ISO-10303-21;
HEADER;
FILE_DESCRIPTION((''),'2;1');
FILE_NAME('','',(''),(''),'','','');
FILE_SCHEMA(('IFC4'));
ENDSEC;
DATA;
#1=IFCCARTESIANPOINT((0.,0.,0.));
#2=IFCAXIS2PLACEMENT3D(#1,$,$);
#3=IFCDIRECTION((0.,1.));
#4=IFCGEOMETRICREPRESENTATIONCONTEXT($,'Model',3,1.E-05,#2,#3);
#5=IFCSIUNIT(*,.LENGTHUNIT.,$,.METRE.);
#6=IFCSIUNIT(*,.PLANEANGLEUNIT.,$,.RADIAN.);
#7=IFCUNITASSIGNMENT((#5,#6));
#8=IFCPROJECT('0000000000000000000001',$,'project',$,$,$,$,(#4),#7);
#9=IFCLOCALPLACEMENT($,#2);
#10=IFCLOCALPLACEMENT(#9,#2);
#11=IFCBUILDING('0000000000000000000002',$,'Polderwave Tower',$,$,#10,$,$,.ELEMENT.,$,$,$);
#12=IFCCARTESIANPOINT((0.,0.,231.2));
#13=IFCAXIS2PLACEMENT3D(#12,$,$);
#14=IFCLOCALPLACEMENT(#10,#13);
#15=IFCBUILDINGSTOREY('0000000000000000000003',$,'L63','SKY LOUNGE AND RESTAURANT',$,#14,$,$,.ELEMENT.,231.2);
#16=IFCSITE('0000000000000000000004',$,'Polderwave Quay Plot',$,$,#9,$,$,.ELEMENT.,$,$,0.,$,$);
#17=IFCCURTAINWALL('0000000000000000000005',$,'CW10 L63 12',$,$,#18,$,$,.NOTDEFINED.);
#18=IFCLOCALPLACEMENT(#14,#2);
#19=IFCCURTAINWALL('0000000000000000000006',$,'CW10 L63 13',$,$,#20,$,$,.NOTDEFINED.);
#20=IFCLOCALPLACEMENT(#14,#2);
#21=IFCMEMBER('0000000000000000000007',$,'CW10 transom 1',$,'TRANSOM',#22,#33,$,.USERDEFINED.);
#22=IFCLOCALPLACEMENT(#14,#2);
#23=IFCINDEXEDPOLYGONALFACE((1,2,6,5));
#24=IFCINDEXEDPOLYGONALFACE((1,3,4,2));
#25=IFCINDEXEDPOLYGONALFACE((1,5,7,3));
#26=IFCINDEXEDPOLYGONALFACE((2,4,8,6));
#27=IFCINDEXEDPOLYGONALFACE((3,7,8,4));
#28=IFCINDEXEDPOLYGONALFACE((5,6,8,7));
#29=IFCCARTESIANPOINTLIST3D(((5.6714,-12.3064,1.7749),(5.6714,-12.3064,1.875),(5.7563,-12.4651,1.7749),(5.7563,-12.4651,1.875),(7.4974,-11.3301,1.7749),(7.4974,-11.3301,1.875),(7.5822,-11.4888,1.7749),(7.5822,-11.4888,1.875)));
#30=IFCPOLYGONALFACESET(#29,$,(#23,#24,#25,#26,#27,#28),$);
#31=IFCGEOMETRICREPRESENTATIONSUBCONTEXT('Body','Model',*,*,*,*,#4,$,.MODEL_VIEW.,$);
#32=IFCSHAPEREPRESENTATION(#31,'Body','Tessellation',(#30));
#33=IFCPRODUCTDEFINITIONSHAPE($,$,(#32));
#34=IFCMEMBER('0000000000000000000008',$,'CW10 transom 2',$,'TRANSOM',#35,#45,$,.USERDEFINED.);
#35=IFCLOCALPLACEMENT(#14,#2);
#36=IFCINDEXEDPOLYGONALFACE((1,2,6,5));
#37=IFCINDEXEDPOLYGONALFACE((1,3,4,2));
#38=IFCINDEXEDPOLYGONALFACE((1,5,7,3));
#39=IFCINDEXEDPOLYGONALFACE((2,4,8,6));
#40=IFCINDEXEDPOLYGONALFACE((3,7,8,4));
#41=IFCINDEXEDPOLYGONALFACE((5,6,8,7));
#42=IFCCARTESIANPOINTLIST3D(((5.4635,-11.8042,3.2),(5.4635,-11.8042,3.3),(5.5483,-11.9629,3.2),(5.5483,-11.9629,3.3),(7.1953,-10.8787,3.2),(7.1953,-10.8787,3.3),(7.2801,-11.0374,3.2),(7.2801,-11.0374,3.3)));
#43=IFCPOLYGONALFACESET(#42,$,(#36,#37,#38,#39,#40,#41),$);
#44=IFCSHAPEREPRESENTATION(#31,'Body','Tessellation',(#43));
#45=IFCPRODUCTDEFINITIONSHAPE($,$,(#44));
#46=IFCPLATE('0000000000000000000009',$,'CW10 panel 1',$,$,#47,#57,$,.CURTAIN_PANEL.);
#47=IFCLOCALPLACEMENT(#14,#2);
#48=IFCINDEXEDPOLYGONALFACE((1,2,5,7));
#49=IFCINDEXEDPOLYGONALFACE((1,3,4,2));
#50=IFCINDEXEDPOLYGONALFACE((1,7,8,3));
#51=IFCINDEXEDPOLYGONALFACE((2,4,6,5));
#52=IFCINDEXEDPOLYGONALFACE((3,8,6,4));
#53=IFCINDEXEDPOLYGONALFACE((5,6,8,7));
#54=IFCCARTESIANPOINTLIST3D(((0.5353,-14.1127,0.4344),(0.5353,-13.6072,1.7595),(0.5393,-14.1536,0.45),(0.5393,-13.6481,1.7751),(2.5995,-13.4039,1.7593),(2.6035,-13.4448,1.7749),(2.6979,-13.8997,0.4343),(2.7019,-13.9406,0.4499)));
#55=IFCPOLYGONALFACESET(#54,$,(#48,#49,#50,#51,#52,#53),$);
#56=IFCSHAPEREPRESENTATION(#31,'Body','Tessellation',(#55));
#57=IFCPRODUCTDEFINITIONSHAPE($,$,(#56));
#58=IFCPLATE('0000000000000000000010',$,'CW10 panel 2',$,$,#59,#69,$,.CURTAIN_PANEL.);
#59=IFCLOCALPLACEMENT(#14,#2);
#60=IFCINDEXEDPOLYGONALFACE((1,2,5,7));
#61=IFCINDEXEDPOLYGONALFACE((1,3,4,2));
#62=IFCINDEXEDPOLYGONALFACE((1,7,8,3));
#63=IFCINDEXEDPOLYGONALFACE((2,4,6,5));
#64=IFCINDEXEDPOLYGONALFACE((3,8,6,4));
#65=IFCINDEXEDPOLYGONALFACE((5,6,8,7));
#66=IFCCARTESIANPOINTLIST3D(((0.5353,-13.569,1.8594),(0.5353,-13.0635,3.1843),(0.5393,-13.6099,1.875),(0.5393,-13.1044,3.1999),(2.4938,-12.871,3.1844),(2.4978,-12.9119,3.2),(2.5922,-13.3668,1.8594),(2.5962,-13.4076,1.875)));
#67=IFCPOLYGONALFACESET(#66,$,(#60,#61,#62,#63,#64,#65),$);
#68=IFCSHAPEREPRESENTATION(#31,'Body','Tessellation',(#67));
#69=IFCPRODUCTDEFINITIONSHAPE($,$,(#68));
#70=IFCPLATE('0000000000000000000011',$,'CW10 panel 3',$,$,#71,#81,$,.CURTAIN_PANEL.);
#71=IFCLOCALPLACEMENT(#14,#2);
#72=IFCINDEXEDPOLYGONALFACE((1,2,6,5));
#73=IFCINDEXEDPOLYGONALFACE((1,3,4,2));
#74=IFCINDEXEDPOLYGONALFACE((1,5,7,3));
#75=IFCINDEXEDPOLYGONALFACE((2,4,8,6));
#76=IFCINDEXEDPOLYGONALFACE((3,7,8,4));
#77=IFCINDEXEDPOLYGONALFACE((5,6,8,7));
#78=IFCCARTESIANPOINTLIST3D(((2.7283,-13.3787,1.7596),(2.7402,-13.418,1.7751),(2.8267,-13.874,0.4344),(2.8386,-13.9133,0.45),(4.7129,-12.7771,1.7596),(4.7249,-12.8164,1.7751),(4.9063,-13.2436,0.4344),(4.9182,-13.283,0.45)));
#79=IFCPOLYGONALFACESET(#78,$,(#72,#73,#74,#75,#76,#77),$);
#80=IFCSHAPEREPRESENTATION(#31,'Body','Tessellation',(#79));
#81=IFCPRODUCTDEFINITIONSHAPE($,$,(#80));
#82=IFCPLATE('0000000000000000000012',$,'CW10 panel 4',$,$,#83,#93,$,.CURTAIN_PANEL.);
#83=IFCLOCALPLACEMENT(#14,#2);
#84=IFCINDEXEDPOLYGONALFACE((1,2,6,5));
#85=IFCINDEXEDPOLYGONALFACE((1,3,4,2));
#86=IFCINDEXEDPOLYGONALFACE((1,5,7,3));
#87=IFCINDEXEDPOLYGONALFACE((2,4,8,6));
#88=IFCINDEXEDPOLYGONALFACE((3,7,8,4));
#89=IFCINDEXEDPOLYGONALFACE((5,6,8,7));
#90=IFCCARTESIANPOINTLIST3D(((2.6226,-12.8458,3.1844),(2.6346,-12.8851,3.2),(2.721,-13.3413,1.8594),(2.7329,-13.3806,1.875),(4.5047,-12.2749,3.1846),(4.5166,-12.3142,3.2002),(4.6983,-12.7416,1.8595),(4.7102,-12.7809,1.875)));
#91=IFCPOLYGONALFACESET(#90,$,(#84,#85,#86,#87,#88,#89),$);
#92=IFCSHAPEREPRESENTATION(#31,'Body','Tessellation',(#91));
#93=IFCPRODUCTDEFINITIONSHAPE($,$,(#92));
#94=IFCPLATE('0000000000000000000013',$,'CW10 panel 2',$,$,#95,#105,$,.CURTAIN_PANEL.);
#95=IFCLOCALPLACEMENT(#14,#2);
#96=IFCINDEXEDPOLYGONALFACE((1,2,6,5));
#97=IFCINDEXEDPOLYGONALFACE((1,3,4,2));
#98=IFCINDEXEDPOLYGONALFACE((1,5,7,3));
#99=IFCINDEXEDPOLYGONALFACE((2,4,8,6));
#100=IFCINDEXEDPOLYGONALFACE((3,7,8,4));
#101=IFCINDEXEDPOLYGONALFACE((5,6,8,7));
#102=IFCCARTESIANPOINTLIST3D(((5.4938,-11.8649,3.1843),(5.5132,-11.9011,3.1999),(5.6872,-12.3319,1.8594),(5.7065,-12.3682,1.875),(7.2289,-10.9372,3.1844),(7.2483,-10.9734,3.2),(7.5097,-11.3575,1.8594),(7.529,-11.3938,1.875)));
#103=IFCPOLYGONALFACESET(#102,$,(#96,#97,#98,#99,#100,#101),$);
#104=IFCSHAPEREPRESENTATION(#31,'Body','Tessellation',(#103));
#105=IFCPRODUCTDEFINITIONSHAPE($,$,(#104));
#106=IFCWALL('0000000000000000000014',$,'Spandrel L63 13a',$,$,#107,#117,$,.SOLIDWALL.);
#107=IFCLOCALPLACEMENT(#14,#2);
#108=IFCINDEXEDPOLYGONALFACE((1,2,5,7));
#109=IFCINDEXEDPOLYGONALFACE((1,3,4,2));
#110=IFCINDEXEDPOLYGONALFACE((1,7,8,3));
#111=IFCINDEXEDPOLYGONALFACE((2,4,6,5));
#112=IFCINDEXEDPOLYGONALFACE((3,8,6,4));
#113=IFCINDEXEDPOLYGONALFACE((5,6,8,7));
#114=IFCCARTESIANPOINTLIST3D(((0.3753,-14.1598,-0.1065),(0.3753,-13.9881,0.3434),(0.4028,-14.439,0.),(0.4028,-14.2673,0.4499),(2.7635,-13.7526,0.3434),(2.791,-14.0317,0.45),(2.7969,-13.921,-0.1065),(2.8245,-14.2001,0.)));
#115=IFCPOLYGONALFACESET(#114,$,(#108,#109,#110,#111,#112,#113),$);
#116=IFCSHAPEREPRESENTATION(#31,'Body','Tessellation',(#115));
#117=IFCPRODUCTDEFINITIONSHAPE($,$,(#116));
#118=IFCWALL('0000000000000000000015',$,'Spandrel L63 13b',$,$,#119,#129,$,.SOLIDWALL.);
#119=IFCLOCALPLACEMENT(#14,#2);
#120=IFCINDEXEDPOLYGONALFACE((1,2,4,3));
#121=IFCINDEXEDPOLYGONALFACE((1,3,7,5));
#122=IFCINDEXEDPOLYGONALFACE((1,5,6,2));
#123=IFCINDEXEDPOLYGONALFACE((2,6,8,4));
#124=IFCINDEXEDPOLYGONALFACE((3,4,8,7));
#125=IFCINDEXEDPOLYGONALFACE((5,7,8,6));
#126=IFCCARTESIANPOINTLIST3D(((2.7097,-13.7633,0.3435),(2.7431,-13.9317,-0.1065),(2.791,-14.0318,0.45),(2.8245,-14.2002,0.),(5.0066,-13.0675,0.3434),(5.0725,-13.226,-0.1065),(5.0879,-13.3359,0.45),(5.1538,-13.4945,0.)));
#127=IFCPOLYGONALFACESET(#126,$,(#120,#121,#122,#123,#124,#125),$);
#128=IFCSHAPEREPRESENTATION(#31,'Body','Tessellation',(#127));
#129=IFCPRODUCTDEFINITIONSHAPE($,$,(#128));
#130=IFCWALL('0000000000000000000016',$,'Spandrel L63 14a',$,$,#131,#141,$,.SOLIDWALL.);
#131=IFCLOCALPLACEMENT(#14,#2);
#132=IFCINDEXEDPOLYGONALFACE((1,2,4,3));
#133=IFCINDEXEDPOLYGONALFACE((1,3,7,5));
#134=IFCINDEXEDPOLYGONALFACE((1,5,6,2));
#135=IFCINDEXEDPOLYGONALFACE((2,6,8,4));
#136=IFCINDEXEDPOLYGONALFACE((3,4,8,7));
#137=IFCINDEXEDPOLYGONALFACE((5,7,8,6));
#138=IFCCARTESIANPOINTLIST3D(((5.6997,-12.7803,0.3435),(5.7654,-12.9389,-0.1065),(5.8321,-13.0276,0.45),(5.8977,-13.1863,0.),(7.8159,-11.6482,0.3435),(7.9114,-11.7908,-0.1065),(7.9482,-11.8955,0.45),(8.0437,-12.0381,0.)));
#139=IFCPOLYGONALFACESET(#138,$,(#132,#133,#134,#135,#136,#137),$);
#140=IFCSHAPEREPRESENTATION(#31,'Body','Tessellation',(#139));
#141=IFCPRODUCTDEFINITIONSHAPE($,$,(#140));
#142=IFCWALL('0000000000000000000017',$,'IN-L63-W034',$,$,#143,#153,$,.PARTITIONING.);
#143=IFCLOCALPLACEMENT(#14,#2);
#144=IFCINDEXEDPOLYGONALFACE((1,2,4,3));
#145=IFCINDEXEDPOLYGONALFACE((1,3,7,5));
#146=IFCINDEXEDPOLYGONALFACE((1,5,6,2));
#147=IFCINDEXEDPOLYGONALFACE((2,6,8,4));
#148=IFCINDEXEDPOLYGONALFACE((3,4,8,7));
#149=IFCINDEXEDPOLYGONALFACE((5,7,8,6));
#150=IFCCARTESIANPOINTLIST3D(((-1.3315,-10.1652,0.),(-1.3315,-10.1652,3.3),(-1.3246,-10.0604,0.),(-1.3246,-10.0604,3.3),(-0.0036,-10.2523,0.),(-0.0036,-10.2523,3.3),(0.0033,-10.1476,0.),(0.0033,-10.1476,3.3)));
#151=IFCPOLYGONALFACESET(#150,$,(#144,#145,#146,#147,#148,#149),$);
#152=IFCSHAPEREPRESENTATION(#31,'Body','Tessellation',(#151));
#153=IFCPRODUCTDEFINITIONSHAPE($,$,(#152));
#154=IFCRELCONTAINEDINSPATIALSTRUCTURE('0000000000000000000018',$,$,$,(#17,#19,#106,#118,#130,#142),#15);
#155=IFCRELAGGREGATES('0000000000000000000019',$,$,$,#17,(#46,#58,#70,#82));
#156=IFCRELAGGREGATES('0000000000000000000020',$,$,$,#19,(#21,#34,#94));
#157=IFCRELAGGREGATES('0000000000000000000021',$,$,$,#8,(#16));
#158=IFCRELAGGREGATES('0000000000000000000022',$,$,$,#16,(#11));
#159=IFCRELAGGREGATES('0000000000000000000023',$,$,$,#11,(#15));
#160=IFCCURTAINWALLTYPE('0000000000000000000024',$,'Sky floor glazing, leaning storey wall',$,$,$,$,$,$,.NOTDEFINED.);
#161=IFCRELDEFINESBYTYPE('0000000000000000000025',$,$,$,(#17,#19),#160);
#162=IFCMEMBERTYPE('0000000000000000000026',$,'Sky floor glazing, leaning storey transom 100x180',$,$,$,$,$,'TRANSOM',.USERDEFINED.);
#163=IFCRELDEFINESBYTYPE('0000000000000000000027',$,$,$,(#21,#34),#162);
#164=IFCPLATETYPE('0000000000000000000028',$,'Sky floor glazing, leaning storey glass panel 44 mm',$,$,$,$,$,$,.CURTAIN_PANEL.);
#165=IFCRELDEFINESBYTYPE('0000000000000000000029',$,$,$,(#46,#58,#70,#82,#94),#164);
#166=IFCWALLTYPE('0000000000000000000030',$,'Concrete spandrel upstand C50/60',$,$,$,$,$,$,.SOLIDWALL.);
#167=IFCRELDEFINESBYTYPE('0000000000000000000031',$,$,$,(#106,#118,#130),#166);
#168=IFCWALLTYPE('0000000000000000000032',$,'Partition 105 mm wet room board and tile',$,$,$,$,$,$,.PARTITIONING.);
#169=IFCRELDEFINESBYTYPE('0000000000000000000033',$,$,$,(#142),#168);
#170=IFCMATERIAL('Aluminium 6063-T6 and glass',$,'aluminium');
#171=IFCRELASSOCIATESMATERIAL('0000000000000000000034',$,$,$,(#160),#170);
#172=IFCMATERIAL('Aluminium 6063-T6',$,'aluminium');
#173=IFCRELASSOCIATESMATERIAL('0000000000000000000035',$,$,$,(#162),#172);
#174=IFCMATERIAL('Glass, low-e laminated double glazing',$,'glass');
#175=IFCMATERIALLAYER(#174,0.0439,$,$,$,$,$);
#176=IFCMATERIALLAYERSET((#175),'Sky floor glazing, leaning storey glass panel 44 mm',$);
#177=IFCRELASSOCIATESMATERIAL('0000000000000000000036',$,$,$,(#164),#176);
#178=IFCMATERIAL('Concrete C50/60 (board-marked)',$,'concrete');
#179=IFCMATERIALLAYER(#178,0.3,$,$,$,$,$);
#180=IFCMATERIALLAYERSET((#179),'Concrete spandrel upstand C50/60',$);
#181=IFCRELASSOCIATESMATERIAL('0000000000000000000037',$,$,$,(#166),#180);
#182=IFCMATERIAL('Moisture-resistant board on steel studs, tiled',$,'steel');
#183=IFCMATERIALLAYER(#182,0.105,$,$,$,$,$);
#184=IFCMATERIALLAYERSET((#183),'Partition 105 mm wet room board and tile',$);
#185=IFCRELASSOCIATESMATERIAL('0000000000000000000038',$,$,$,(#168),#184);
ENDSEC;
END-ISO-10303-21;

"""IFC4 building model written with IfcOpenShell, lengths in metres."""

from ifc_helpers import new_model, si_unit, direction, frame, frame_2d, origin, origin_2d, place, context, subcontext, project, spatial, polyline, rectangle, outline, extrude, material, layer, layer_set, material_profile, profile_set, type_object, element, aggregate, save


model = new_model("IFC4")

# Units and contexts
model_context = context("Model", 3, precision=1e-05, world=origin(), true_north=direction((0.0, 1.0)))
body_context = subcontext(model_context, "Body", "Model", "MODEL_VIEW")
ifc_project = project(units=[si_unit("LENGTHUNIT", "METRE"), si_unit("PLANEANGLEUNIT", "RADIAN")], contexts=[model_context])

# Site, building, storey
site_placement = place(None, origin())
site = spatial("IfcSite", under=ifc_project, at=site_placement, Name="Polderwave Quay Plot", CompositionType="ELEMENT", RefElevation=0.0)
building_placement = place(site_placement, origin())
building = spatial("IfcBuilding", under=site, at=building_placement, Name="Polderwave Tower", CompositionType="ELEMENT")
storey_placement = place(building_placement, frame((0.0, 0.0, 231.2)))
storey = spatial("IfcBuildingStorey", under=building, at=storey_placement, Name="L63", Description="SKY LOUNGE AND RESTAURANT", CompositionType="ELEMENT", Elevation=231.2)

# Curtain wall
ifc_material_1 = material(Name="Aluminium 6063-T6 and glass", Category="aluminium")
curtain_wall_type = type_object("IfcCurtainWallType", Name="Sky floor glazing, leaning storey wall", PredefinedType="NOTDEFINED", material=ifc_material_1)
curtain_wall_1_placement = place(storey_placement, origin())
curtain_wall_1 = element("IfcCurtainWall", 1, at=curtain_wall_1_placement, inside=storey, type_object=curtain_wall_type, Name="CW10 L63 12", PredefinedType="NOTDEFINED")
ifc_material_2 = material(Name="Aluminium 6063-T6", Category="aluminium")

# Curtain wall
curtain_wall_2_placement = place(storey_placement, origin())
curtain_wall_2 = element("IfcCurtainWall", 2, at=curtain_wall_2_placement, inside=storey, type_object=curtain_wall_type, Name="CW10 L63 13", PredefinedType="NOTDEFINED")

# Members
ifc_material_profile_1 = material_profile(ifc_material_2, rectangle(XDim=0.1799, YDim=0.1001, at=origin_2d()), Name="AL 100x180")
ifc_profile_set_1 = profile_set([ifc_material_profile_1], Name="Aluminium 6063-T6")
member_type_1 = type_object("IfcMemberType", Name="Sky floor glazing, leaning storey transom 100x180", ElementType="TRANSOM", PredefinedType="USERDEFINED", material=ifc_profile_set_1)
member_1_placement = place(storey_placement, frame((5.7139, -12.3857, 1.825), z_axis=(0.881853, 0.471524, 0.0), x_axis=(-0.471524, 0.881853, 0.0)))
member_1 = element("IfcMember", 3, at=member_1_placement, type_object=member_type_1, Name="CW10 transom 1", ObjectType="TRANSOM", PredefinedType="USERDEFINED", context=body_context, shape_type="SweptSolid", body=[
    extrude(rectangle(XDim=0.1799, YDim=0.1001, at=origin_2d()), origin(), (0.0, 0.0, 1.0), 2.0706),
])
member_2_placement = place(storey_placement, frame((5.5059, -11.8835, 3.25), z_axis=(0.881964, 0.471317, 0.0), x_axis=(-0.471317, 0.881964, 0.0)))
member_2 = element("IfcMember", 4, at=member_2_placement, type_object=member_type_1, Name="CW10 transom 2", ObjectType="TRANSOM", PredefinedType="USERDEFINED", context=body_context, shape_type="SweptSolid", body=[
    extrude(rectangle(XDim=0.1799, YDim=0.1001, at=origin_2d()), origin(), (0.0, 0.0, 1.0), 1.9636),
])

# Plates
ifc_material_3 = material(Name="Glass, low-e laminated double glazing", Category="glass")
ifc_layer_1 = layer(ifc_material_3, 0.0439)
ifc_layer_set_1 = layer_set([ifc_layer_1], Name="Sky floor glazing, leaning storey glass panel 44 mm")
plate_type = type_object("IfcPlateType", Name="Sky floor glazing, leaning storey glass panel 44 mm", PredefinedType="CURTAIN_PANEL", material=ifc_layer_set_1)
plate_1_placement = place(storey_placement, frame((0.5393, -14.1536, 0.45), z_axis=(0.091647, -0.930399, 0.354906), x_axis=(0.995184, 0.098021, -0.00002)))
plate_1 = element("IfcPlate", 5, at=plate_1_placement, type_object=plate_type, Name="CW10 panel 1", PredefinedType="CURTAIN_PANEL", context=body_context, shape_type="SweptSolid", body=[
    extrude(outline(polyline([(0.0, 0.0), (2.1731, 0.0), (2.1237, 1.4173), (0.0495, 1.4174), (0.0, 0.0)])), origin(), (0.0, 0.0, -1.0), 0.0439),
])
plate_2_placement = place(storey_placement, frame((0.5393, -13.6099, 1.875), z_axis=(0.091474, -0.930405, 0.354934), x_axis=(0.995202, 0.097839, -0.000012)))
plate_2 = element("IfcPlate", 6, at=plate_2_placement, type_object=plate_type, Name="CW10 panel 2", PredefinedType="CURTAIN_PANEL", context=body_context, shape_type="SweptSolid", body=[
    extrude(outline(polyline([(0.0, 0.0), (2.0668, 0.0), (2.0174, 1.4173), (0.0494, 1.4172), (0.0, 0.0)])), origin(), (0.0, 0.0, -1.0), 0.0439),
])
plate_3_placement = place(storey_placement, frame((2.8386, -13.9133, 0.45), z_axis=(0.271232, -0.894809, 0.354612), x_axis=(0.957001, 0.290085, 0.000002)))
plate_3 = element("IfcPlate", 7, at=plate_3_placement, type_object=plate_type, Name="CW10 panel 3", PredefinedType="CURTAIN_PANEL", context=body_context, shape_type="SweptSolid", body=[
    extrude(outline(polyline([(0.0, 0.0), (2.173, 0.0), (2.1233, 1.4173), (0.0495, 1.4173), (0.0, 0.0)])), origin(), (0.0, 0.0, -1.0), 0.0439),
])
plate_4_placement = place(storey_placement, frame((2.7329, -13.3806, 1.875), z_axis=(0.27137, -0.894719, 0.354735), x_axis=(0.95695, 0.290253, 0.000021)))
plate_4 = element("IfcPlate", 8, at=plate_4_placement, type_object=plate_type, Name="CW10 panel 4", PredefinedType="CURTAIN_PANEL", context=body_context, shape_type="SweptSolid", body=[
    extrude(outline(polyline([(0.0, 0.0), (2.0663, 0.0), (2.0165, 1.4173), (0.0497, 1.4172), (0.0, 0.0)])), origin(), (0.0, 0.0, -1.0), 0.0439),
])
aggregate(curtain_wall_1, [plate_1, plate_2, plate_3, plate_4])
plate_5_placement = place(storey_placement, frame((5.7065, -12.3682, 1.875), z_axis=(0.440791, -0.824439, 0.354971), x_axis=(0.88187, 0.471493, -0.000007)))
plate_5 = element("IfcPlate", 9, at=plate_5_placement, type_object=plate_type, Name="CW10 panel 2", PredefinedType="CURTAIN_PANEL", context=body_context, shape_type="SweptSolid", body=[
    extrude(outline(polyline([(0.0, 0.0), (2.0666, 0.0), (2.0172, 1.4173), (0.0497, 1.4172), (0.0, 0.0)])), origin(), (0.0, 0.0, -1.0), 0.0439),
])
aggregate(curtain_wall_2, [member_1, member_2, plate_5])

# Walls
ifc_material_4 = material(Name="Concrete C50/60 (board-marked)", Category="concrete")
ifc_layer_2 = layer(ifc_material_4, 0.3)
ifc_layer_set_2 = layer_set([ifc_layer_2], Name="Concrete spandrel upstand C50/60")
wall_type_1 = type_object("IfcWallType", Name="Concrete spandrel upstand C50/60", PredefinedType="SOLIDWALL", material=ifc_layer_set_2)
wall_1_placement = place(storey_placement, frame((0.4028, -14.439, 0.0), z_axis=(0.091755, -0.930351, 0.355005), x_axis=(0.995172, 0.098145, -0.000008)))
element("IfcWall", 10, at=wall_1_placement, inside=storey, type_object=wall_type_1, Name="Spandrel L63 13a", PredefinedType="SOLIDWALL", context=body_context, shape_type="SweptSolid", body=[
    extrude(outline(polyline([(0.0, 0.0), (2.4334, 0.0), (2.4166, 0.4813), (0.0168, 0.4813), (0.0, 0.0)])), origin(), (0.0, 0.0, -1.0), 0.3),
])
wall_2_placement = place(storey_placement, frame((2.8245, -14.2002, 0.0), z_axis=(0.271075, -0.894721, 0.354954), x_axis=(0.957039, 0.28996, 0.000011)))
element("IfcWall", 11, at=wall_2_placement, inside=storey, type_object=wall_type_1, Name="Spandrel L63 13b", PredefinedType="SOLIDWALL", context=body_context, shape_type="SweptSolid", body=[
    extrude(outline(polyline([(0.0, 0.0), (2.4339, 0.0), (2.4168, 0.4813), (0.0168, 0.4813), (0.0, 0.0)])), origin(), (0.0, 0.0, -1.0), 0.3),
])
wall_3_placement = place(storey_placement, frame((5.8977, -13.1863, 0.0), z_axis=(0.441017, -0.824333, 0.354937), x_axis=(0.881741, 0.471734, 0.000011)))
element("IfcWall", 12, at=wall_3_placement, inside=storey, type_object=wall_type_1, Name="Spandrel L63 14a", PredefinedType="SOLIDWALL", context=body_context, shape_type="SweptSolid", body=[
    extrude(outline(polyline([(0.0, 0.0), (2.4339, 0.0), (2.4169, 0.4813), (0.017, 0.4813), (0.0, 0.0)])), origin(), (0.0, 0.0, -1.0), 0.3),
])
ifc_material_5 = material(Name="Moisture-resistant board on steel studs, tiled", Category="steel")
ifc_layer_3 = layer(ifc_material_5, 0.105)
ifc_layer_set_3 = layer_set([ifc_layer_3], Name="Partition 105 mm wet room board and tile")
wall_type_2 = type_object("IfcWallType", Name="Partition 105 mm wet room board and tile", PredefinedType="PARTITIONING", material=ifc_layer_set_3)
wall_4_placement = place(storey_placement, frame((0.0, -10.2, 0.0), z_axis=(0.0, 0.0, 1.0), x_axis=(-0.997853, 0.065496, 0.0)))
element("IfcWall", 13, at=wall_4_placement, inside=storey, type_object=wall_type_2, Name="IN-L63-W034", PredefinedType="PARTITIONING", context=body_context, shape_type="SweptSolid", body=[
    extrude(rectangle(XDim=1.3308, YDim=0.105, at=frame_2d((0.6655, 0.0))), origin(), (0.0, 0.0, 1.0), 3.3),
])

save(model, "model.ifc")
